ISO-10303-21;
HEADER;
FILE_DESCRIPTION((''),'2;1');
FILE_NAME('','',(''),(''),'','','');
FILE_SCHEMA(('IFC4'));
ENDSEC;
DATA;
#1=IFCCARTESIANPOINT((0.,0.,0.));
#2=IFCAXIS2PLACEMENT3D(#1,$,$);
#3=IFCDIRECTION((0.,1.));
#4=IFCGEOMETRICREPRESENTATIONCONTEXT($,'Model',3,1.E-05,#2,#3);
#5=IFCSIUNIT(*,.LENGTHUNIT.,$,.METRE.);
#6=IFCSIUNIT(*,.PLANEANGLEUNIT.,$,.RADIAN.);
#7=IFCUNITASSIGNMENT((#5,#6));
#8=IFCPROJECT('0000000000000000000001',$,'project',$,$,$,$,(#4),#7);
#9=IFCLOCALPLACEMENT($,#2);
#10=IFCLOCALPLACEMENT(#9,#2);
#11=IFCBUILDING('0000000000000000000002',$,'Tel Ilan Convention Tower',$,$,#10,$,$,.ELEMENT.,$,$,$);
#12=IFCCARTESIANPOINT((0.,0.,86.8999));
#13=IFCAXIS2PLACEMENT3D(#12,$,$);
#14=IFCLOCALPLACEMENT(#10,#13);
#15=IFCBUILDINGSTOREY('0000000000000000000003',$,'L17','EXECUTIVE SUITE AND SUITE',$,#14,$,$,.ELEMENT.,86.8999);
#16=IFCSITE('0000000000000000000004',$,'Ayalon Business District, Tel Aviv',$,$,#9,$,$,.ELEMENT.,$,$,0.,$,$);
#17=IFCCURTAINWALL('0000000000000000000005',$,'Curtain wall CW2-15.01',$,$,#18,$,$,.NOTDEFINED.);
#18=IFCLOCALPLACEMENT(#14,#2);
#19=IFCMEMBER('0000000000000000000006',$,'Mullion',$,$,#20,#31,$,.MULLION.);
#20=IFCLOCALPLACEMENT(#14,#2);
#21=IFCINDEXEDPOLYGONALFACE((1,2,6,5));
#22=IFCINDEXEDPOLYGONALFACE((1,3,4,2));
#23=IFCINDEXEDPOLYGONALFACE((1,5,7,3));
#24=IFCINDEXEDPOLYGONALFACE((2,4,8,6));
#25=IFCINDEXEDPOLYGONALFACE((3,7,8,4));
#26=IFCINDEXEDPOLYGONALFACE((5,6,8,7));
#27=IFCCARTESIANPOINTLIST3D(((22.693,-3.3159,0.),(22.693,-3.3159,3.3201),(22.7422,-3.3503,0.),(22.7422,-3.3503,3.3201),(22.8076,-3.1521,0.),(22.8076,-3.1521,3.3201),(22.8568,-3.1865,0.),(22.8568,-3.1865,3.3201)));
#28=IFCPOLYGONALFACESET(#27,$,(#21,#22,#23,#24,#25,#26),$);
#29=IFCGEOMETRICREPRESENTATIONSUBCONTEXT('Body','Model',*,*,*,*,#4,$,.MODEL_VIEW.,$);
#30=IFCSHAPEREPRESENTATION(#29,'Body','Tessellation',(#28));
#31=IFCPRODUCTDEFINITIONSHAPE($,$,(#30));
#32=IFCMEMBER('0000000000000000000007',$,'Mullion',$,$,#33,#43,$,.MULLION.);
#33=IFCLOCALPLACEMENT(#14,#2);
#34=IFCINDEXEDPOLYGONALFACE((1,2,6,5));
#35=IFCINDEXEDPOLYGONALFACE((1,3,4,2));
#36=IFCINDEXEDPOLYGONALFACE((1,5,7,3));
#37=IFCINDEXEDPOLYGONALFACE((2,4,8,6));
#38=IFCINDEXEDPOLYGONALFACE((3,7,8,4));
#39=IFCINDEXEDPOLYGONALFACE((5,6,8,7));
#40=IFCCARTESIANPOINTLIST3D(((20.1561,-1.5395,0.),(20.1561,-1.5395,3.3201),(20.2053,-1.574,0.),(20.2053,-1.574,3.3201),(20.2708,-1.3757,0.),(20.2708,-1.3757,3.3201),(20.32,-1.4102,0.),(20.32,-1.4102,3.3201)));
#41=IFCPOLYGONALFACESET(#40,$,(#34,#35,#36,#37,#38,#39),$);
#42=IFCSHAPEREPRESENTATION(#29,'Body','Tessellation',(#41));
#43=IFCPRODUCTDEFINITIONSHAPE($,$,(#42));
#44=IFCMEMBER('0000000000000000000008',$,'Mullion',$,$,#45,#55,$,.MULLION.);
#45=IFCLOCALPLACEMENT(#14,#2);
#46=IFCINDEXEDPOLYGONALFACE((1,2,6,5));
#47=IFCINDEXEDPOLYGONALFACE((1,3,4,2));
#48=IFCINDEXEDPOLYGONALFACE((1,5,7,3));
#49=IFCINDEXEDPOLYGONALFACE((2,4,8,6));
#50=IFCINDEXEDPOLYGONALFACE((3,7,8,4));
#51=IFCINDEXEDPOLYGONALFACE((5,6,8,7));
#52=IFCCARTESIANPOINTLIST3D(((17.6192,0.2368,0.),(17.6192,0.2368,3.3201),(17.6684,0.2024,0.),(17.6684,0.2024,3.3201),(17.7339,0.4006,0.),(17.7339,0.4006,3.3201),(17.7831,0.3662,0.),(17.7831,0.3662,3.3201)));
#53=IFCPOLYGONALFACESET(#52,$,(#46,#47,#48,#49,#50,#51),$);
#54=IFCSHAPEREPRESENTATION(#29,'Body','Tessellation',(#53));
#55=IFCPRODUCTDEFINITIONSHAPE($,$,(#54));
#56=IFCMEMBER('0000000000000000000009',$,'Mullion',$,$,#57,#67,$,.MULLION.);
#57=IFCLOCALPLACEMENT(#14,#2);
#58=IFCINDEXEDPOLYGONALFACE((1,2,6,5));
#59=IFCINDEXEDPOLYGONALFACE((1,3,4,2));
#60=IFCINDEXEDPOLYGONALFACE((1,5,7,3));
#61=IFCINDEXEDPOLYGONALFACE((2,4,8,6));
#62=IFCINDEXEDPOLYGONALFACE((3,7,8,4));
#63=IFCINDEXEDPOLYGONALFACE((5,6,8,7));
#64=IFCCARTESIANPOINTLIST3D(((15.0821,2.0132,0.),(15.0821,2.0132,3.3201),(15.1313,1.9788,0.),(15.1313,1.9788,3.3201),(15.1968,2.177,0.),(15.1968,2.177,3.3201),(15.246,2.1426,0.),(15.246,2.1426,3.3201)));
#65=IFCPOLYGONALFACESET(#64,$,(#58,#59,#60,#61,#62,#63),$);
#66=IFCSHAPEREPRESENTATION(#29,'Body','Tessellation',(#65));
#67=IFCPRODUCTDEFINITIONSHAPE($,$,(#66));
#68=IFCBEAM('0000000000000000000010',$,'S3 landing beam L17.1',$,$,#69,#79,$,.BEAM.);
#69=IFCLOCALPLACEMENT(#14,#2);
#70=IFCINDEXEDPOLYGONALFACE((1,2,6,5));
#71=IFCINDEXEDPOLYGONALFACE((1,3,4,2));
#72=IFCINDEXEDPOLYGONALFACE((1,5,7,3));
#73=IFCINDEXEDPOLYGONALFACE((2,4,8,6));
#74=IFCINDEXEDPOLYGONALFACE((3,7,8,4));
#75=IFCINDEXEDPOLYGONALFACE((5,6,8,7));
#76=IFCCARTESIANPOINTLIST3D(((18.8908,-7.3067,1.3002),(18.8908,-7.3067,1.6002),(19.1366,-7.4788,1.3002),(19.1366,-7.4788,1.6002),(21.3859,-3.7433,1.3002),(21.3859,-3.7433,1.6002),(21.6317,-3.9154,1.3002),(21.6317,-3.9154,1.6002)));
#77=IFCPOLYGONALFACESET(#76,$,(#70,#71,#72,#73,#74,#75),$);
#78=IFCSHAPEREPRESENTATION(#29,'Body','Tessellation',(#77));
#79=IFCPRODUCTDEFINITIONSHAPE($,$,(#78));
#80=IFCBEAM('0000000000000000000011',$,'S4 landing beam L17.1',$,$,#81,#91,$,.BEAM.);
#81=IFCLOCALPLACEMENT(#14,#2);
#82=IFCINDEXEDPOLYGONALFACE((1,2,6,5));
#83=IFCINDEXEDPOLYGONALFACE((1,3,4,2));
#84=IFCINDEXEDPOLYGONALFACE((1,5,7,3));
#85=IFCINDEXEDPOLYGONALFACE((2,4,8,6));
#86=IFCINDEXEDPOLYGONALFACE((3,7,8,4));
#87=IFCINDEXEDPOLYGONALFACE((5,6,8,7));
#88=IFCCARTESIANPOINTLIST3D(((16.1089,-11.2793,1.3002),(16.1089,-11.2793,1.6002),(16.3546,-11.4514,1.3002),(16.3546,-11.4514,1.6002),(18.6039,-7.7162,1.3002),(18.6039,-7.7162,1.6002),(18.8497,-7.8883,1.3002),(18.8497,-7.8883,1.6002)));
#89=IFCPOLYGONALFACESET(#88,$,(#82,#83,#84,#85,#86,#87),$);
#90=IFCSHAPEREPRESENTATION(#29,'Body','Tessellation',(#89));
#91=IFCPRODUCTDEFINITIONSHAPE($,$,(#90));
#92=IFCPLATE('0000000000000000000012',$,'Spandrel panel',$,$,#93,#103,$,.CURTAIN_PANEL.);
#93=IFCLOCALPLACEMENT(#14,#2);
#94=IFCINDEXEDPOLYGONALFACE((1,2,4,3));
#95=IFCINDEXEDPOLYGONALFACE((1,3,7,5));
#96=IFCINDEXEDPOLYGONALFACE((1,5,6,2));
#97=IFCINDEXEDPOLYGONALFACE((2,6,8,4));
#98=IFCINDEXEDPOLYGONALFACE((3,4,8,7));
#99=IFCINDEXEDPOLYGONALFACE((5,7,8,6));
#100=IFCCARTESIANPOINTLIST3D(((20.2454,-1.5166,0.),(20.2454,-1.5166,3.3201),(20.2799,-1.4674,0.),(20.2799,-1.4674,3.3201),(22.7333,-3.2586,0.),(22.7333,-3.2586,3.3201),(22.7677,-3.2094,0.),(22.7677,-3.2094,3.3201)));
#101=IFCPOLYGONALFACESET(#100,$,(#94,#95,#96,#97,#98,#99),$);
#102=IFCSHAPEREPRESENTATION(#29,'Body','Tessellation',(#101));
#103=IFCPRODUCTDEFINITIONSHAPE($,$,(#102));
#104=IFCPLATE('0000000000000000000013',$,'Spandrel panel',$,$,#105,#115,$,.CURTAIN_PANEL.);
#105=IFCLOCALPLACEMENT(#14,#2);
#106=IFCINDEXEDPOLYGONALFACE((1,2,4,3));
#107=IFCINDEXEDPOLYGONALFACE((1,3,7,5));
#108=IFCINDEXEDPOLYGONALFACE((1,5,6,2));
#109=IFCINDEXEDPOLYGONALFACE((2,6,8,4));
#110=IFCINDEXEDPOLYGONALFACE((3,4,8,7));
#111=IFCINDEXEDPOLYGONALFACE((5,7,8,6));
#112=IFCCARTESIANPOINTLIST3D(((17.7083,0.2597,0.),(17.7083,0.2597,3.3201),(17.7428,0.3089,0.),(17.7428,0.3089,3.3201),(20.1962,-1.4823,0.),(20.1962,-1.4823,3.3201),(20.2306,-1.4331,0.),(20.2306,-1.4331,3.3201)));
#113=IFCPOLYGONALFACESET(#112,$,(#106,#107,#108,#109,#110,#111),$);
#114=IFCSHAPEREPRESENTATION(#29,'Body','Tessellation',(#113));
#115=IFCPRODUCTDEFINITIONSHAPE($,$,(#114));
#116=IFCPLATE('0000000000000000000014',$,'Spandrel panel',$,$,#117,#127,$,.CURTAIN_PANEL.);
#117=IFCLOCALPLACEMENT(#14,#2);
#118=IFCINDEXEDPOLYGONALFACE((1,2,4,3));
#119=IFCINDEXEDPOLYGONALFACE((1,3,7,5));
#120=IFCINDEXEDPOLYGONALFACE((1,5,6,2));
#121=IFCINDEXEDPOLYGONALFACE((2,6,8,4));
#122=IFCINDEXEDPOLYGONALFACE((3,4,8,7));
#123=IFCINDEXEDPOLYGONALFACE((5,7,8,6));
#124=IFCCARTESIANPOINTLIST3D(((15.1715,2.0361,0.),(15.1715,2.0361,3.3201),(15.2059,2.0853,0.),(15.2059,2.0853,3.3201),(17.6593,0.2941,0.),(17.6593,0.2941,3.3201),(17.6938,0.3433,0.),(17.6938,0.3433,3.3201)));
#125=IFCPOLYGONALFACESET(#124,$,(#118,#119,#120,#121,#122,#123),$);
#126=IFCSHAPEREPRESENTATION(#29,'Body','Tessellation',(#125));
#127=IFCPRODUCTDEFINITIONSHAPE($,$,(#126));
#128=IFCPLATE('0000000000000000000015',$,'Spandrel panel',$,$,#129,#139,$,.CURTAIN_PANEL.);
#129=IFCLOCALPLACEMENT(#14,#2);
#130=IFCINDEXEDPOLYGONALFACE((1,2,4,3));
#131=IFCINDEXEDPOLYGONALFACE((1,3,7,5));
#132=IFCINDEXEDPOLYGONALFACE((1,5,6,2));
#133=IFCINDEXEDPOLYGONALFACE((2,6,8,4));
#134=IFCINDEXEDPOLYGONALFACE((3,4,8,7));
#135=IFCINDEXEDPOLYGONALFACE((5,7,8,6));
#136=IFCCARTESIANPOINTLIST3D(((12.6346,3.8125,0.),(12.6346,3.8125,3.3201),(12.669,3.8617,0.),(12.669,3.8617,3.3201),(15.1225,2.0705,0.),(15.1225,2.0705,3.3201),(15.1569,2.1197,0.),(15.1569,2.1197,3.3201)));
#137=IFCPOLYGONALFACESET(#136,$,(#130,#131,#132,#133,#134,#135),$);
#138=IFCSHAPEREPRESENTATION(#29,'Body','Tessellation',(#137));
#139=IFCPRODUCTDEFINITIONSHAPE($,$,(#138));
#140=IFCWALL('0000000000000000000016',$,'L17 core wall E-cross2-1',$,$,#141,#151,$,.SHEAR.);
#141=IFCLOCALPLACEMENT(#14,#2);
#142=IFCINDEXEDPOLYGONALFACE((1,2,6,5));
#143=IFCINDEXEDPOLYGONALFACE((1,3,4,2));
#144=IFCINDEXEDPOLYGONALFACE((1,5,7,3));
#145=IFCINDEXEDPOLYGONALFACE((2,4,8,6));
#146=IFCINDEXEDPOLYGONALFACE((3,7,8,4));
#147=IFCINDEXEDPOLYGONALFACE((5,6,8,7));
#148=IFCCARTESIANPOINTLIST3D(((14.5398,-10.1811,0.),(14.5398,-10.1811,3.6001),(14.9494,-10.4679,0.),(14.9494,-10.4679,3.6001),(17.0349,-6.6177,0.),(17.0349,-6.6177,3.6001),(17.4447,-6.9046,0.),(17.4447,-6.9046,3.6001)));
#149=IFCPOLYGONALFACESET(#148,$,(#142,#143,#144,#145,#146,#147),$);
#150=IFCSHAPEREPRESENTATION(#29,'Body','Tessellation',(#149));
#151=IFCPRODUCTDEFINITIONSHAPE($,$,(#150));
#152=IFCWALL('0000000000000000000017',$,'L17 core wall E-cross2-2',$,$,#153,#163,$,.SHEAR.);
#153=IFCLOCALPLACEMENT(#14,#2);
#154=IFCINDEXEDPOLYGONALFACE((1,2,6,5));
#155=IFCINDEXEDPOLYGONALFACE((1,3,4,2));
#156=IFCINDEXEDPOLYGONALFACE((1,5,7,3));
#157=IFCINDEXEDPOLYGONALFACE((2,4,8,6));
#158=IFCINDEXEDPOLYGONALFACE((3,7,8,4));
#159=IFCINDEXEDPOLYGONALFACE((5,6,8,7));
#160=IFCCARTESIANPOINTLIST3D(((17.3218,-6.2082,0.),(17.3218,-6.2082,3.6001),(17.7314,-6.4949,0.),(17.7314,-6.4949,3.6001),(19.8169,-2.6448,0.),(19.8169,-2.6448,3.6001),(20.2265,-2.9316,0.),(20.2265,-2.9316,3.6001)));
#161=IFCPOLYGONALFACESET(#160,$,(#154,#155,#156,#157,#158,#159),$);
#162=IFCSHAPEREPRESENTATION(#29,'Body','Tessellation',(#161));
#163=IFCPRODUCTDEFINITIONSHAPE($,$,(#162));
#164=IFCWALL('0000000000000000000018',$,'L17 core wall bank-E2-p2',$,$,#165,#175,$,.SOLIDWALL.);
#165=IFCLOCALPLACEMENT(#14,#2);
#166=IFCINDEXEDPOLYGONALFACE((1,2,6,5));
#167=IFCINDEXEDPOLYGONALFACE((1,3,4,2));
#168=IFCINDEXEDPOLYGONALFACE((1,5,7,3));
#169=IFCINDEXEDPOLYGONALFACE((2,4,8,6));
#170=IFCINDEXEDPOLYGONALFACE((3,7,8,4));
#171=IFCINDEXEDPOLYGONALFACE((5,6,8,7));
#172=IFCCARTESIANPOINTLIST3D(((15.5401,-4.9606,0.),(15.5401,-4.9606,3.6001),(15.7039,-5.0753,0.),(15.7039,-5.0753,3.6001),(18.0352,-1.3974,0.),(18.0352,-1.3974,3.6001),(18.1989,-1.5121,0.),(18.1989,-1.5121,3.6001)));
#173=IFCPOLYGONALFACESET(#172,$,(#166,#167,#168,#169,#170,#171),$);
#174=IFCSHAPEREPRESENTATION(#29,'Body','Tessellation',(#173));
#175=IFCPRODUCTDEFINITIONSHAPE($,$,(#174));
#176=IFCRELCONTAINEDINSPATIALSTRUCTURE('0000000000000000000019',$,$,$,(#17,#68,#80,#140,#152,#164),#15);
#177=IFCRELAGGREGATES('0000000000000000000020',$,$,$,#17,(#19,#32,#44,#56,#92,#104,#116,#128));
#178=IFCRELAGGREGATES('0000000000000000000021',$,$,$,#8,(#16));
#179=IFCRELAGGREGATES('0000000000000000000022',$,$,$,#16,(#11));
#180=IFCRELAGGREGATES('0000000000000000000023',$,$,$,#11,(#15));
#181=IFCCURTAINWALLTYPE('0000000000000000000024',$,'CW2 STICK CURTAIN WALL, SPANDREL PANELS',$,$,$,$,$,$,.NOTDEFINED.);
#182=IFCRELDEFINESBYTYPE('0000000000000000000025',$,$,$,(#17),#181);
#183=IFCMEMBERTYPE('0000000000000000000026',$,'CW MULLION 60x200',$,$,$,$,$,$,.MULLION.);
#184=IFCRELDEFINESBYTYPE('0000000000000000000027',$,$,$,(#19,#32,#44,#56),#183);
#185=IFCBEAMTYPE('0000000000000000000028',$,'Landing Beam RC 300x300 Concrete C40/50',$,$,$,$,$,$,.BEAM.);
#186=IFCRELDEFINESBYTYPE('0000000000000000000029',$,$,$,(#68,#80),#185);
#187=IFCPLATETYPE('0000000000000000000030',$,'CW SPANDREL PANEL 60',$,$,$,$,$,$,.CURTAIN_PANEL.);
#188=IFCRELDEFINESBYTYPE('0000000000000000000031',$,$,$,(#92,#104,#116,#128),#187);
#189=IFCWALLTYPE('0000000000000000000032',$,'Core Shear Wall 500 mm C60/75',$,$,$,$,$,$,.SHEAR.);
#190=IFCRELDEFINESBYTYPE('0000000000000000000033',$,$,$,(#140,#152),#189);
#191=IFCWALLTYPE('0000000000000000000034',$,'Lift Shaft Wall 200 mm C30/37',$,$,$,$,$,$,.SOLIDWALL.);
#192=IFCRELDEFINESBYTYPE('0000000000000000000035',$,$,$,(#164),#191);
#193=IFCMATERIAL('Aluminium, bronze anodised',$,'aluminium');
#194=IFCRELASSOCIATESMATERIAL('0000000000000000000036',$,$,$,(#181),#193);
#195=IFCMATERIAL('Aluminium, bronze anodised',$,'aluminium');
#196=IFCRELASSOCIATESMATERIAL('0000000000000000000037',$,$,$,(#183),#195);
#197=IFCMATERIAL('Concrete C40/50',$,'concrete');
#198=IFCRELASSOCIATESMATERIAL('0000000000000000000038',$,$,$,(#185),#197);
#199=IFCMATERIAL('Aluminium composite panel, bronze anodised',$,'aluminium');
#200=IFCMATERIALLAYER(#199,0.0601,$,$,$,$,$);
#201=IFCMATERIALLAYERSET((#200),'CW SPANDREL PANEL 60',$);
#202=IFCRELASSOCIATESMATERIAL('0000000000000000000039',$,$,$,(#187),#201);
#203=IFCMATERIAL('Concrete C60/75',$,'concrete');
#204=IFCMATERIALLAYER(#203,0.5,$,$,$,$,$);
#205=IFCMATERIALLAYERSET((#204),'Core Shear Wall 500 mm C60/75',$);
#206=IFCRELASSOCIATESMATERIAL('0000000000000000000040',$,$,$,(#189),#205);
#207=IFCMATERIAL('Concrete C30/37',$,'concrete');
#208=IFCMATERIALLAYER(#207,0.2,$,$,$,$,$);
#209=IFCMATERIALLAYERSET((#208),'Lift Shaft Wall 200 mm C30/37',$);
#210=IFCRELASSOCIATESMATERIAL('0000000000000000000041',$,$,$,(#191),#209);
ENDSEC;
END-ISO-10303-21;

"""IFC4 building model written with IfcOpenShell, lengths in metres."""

from ifc_helpers import new_model, si_unit, direction, frame, frame_2d, origin, origin_2d, place, context, subcontext, project, spatial, polyline, rectangle, outline, extrude, material, layer, layer_set, material_profile, profile_set, type_object, element, aggregate, save


model = new_model("IFC4")

# Units and contexts
model_context = context("Model", 3, precision=1e-05, world=origin(), true_north=direction((0.0, 1.0)))
body_context = subcontext(model_context, "Body", "Model", "MODEL_VIEW")
ifc_project = project(units=[si_unit("LENGTHUNIT", "METRE"), si_unit("PLANEANGLEUNIT", "RADIAN")], contexts=[model_context])

# Site, building, storey
site_placement = place(None, origin())
site = spatial("IfcSite", under=ifc_project, at=site_placement, Name="Ayalon Business District, Tel Aviv", CompositionType="ELEMENT", RefElevation=0.0)
building_placement = place(site_placement, origin())
building = spatial("IfcBuilding", under=site, at=building_placement, Name="Tel Ilan Convention Tower", CompositionType="ELEMENT")
storey_placement = place(building_placement, frame((0.0, 0.0, 86.8999)))
storey = spatial("IfcBuildingStorey", under=building, at=storey_placement, Name="L17", Description="EXECUTIVE SUITE AND SUITE", CompositionType="ELEMENT", Elevation=86.8999)

# Curtain wall, members
ifc_material_1 = material(Name="Aluminium, bronze anodised", Category="aluminium")
curtain_wall_type = type_object("IfcCurtainWallType", Name="CW2 STICK CURTAIN WALL, SPANDREL PANELS", PredefinedType="NOTDEFINED", material=ifc_material_1)
curtain_wall_placement = place(storey_placement, origin())
curtain_wall = element("IfcCurtainWall", 1, at=curtain_wall_placement, inside=storey, type_object=curtain_wall_type, Name="Curtain wall CW2-15.01", PredefinedType="NOTDEFINED")
ifc_material_2 = material(Name="Aluminium, bronze anodised", Category="aluminium")
ifc_material_profile_1 = material_profile(ifc_material_2, rectangle(XDim=0.0601, YDim=0.2, at=origin_2d()), Name="CW MULLION 60x200")
ifc_profile_set_1 = profile_set([ifc_material_profile_1], Name="Aluminium, bronze anodised")
member_type = type_object("IfcMemberType", Name="CW MULLION 60x200", PredefinedType="MULLION", material=ifc_profile_set_1)
member_1_placement = place(storey_placement, frame((22.7749, -3.2512, 0.0), z_axis=(0.0, 0.0, 1.0), x_axis=(-0.819152, 0.573576, 0.0)))
member_1 = element("IfcMember", 2, at=member_1_placement, type_object=member_type, Name="Mullion", PredefinedType="MULLION", context=body_context, shape_type="SweptSolid", body=[
    extrude(rectangle(XDim=0.0601, YDim=0.2, at=origin_2d()), origin(), (0.0, 0.0, 1.0), 3.3201),
])
member_2_placement = place(storey_placement, frame((20.238, -1.4749, 0.0), z_axis=(0.0, 0.0, 1.0), x_axis=(-0.819152, 0.573576, 0.0)))
member_2 = element("IfcMember", 3, at=member_2_placement, type_object=member_type, Name="Mullion", PredefinedType="MULLION", context=body_context, shape_type="SweptSolid", body=[
    extrude(rectangle(XDim=0.0601, YDim=0.2, at=origin_2d()), origin(), (0.0, 0.0, 1.0), 3.3201),
])
member_3_placement = place(storey_placement, frame((17.7012, 0.3015, 0.0), z_axis=(0.0, 0.0, 1.0), x_axis=(-0.819152, 0.573576, 0.0)))
member_3 = element("IfcMember", 4, at=member_3_placement, type_object=member_type, Name="Mullion", PredefinedType="MULLION", context=body_context, shape_type="SweptSolid", body=[
    extrude(rectangle(XDim=0.0601, YDim=0.2, at=origin_2d()), origin(), (0.0, 0.0, 1.0), 3.3201),
])
member_4_placement = place(storey_placement, frame((15.1641, 2.0779, 0.0), z_axis=(0.0, 0.0, 1.0), x_axis=(-0.819152, 0.573576, 0.0)))
member_4 = element("IfcMember", 5, at=member_4_placement, type_object=member_type, Name="Mullion", PredefinedType="MULLION", context=body_context, shape_type="SweptSolid", body=[
    extrude(rectangle(XDim=0.0601, YDim=0.2, at=origin_2d()), origin(), (0.0, 0.0, 1.0), 3.3201),
])

# Beams
ifc_material_3 = material(Name="Concrete C40/50", Category="concrete")
ifc_material_profile_2 = material_profile(ifc_material_3, rectangle(XDim=0.3, YDim=0.3, at=origin_2d()), Name="RC 300x300")
ifc_profile_set_2 = profile_set([ifc_material_profile_2], Name="Concrete C40/50")
beam_type = type_object("IfcBeamType", Name="Landing Beam RC 300x300 Concrete C40/50", PredefinedType="BEAM", material=ifc_profile_set_2)
beam_1_placement = place(storey_placement, frame((21.5088, -3.8293, 1.4502), z_axis=(-0.573568, -0.819158, 0.0), x_axis=(0.819158, -0.573568, 0.0)))
element("IfcBeam", 6, at=beam_1_placement, inside=storey, type_object=beam_type, Name="S3 landing beam L17.1", PredefinedType="BEAM", context=body_context, shape_type="SweptSolid", body=[
    extrude(rectangle(XDim=0.3, YDim=0.3, at=origin_2d()), origin(), (0.0, 0.0, 1.0), 4.3501),
])
beam_2_placement = place(storey_placement, frame((18.7268, -7.8022, 1.4502), z_axis=(-0.573594, -0.81914, 0.0), x_axis=(0.81914, -0.573594, 0.0)))
element("IfcBeam", 7, at=beam_2_placement, inside=storey, type_object=beam_type, Name="S4 landing beam L17.1", PredefinedType="BEAM", context=body_context, shape_type="SweptSolid", body=[
    extrude(rectangle(XDim=0.3, YDim=0.3, at=origin_2d()), origin(), (0.0, 0.0, 1.0), 4.3499),
])

# Plates
ifc_material_4 = material(Name="Aluminium composite panel, bronze anodised", Category="aluminium")
ifc_layer_1 = layer(ifc_material_4, 0.0601)
ifc_layer_set_1 = layer_set([ifc_layer_1], Name="CW SPANDREL PANEL 60")
plate_type = type_object("IfcPlateType", Name="CW SPANDREL PANEL 60", PredefinedType="CURTAIN_PANEL", material=ifc_layer_set_1)
plate_1_placement = place(storey_placement, frame((21.5066, -2.363, 0.0), z_axis=(0.0, 0.0, 1.0), x_axis=(-0.819152, 0.573576, 0.0)))
plate_1 = element("IfcPlate", 8, at=plate_1_placement, type_object=plate_type, Name="Spandrel panel", PredefinedType="CURTAIN_PANEL", context=body_context, shape_type="SweptSolid", body=[
    extrude(rectangle(XDim=3.0371, YDim=0.0601, at=origin_2d()), origin(), (0.0, 0.0, 1.0), 3.3201),
])
plate_2_placement = place(storey_placement, frame((18.9695, -0.5867, 0.0), z_axis=(0.0, 0.0, 1.0), x_axis=(-0.819152, 0.573576, 0.0)))
plate_2 = element("IfcPlate", 9, at=plate_2_placement, type_object=plate_type, Name="Spandrel panel", PredefinedType="CURTAIN_PANEL", context=body_context, shape_type="SweptSolid", body=[
    extrude(rectangle(XDim=3.0371, YDim=0.0601, at=origin_2d()), origin(), (0.0, 0.0, 1.0), 3.3201),
])
plate_3_placement = place(storey_placement, frame((16.4326, 1.1897, 0.0), z_axis=(0.0, 0.0, 1.0), x_axis=(-0.819152, 0.573576, 0.0)))
plate_3 = element("IfcPlate", 10, at=plate_3_placement, type_object=plate_type, Name="Spandrel panel", PredefinedType="CURTAIN_PANEL", context=body_context, shape_type="SweptSolid", body=[
    extrude(rectangle(XDim=3.0371, YDim=0.0601, at=origin_2d()), origin(), (0.0, 0.0, 1.0), 3.3201),
])
plate_4_placement = place(storey_placement, frame((13.8958, 2.9661, 0.0), z_axis=(0.0, 0.0, 1.0), x_axis=(-0.819152, 0.573576, 0.0)))
plate_4 = element("IfcPlate", 11, at=plate_4_placement, type_object=plate_type, Name="Spandrel panel", PredefinedType="CURTAIN_PANEL", context=body_context, shape_type="SweptSolid", body=[
    extrude(rectangle(XDim=3.0371, YDim=0.0601, at=origin_2d()), origin(), (0.0, 0.0, 1.0), 3.3201),
])
aggregate(curtain_wall, [member_1, member_2, member_3, member_4, plate_1, plate_2, plate_3, plate_4])

# Walls
ifc_material_5 = material(Name="Concrete C60/75", Category="concrete")
ifc_layer_2 = layer(ifc_material_5, 0.5)
ifc_layer_set_2 = layer_set([ifc_layer_2], Name="Core Shear Wall 500 mm C60/75")
wall_type_1 = type_object("IfcWallType", Name="Core Shear Wall 500 mm C60/75", PredefinedType="SHEAR", material=ifc_layer_set_2)
wall_1_placement = place(storey_placement, frame((14.7446, -10.3245, 0.0), z_axis=(0.0, 0.0, 1.0), x_axis=(0.573568, 0.819158, 0.0)))
element("IfcWall", 12, at=wall_1_placement, inside=storey, type_object=wall_type_1, Name="L17 core wall E-cross2-1", PredefinedType="SHEAR", context=body_context, shape_type="SweptSolid", body=[
    extrude(outline(polyline([(0.0, 0.25), (0.0, -0.25), (4.3501, -0.2502), (4.3501, 0.25), (0.0, 0.25)])), origin(), (0.0, 0.0, 1.0), 3.6001),
])
wall_2_placement = place(storey_placement, frame((17.5266, -6.3516, 0.0), z_axis=(0.0, 0.0, 1.0), x_axis=(0.57353, 0.819184, 0.0)))
element("IfcWall", 13, at=wall_2_placement, inside=storey, type_object=wall_type_1, Name="L17 core wall E-cross2-2", PredefinedType="SHEAR", context=body_context, shape_type="SweptSolid", body=[
    extrude(outline(polyline([(4.3501, -0.2502), (4.3501, 0.2498), (0.0, 0.25), (0.0, -0.25), (4.3501, -0.2502)])), origin(), (0.0, 0.0, 1.0), 3.6001),
])
ifc_material_6 = material(Name="Concrete C30/37", Category="concrete")
ifc_layer_3 = layer(ifc_material_6, 0.2)
ifc_layer_set_3 = layer_set([ifc_layer_3], Name="Lift Shaft Wall 200 mm C30/37")
wall_type_2 = type_object("IfcWallType", Name="Lift Shaft Wall 200 mm C30/37", PredefinedType="SOLIDWALL", material=ifc_layer_set_3)
wall_3_placement = place(storey_placement, frame((15.6221, -5.0178, 0.0), z_axis=(0.0, 0.0, 1.0), x_axis=(0.573594, 0.81914, 0.0)))
element("IfcWall", 14, at=wall_3_placement, inside=storey, type_object=wall_type_2, Name="L17 core wall bank-E2-p2", PredefinedType="SOLIDWALL", context=body_context, shape_type="SweptSolid", body=[
    extrude(rectangle(XDim=4.3499, YDim=0.2, at=frame_2d((2.1748, 0.0))), origin(), (0.0, 0.0, 1.0), 3.6001),
])

save(model, "model.ifc")
